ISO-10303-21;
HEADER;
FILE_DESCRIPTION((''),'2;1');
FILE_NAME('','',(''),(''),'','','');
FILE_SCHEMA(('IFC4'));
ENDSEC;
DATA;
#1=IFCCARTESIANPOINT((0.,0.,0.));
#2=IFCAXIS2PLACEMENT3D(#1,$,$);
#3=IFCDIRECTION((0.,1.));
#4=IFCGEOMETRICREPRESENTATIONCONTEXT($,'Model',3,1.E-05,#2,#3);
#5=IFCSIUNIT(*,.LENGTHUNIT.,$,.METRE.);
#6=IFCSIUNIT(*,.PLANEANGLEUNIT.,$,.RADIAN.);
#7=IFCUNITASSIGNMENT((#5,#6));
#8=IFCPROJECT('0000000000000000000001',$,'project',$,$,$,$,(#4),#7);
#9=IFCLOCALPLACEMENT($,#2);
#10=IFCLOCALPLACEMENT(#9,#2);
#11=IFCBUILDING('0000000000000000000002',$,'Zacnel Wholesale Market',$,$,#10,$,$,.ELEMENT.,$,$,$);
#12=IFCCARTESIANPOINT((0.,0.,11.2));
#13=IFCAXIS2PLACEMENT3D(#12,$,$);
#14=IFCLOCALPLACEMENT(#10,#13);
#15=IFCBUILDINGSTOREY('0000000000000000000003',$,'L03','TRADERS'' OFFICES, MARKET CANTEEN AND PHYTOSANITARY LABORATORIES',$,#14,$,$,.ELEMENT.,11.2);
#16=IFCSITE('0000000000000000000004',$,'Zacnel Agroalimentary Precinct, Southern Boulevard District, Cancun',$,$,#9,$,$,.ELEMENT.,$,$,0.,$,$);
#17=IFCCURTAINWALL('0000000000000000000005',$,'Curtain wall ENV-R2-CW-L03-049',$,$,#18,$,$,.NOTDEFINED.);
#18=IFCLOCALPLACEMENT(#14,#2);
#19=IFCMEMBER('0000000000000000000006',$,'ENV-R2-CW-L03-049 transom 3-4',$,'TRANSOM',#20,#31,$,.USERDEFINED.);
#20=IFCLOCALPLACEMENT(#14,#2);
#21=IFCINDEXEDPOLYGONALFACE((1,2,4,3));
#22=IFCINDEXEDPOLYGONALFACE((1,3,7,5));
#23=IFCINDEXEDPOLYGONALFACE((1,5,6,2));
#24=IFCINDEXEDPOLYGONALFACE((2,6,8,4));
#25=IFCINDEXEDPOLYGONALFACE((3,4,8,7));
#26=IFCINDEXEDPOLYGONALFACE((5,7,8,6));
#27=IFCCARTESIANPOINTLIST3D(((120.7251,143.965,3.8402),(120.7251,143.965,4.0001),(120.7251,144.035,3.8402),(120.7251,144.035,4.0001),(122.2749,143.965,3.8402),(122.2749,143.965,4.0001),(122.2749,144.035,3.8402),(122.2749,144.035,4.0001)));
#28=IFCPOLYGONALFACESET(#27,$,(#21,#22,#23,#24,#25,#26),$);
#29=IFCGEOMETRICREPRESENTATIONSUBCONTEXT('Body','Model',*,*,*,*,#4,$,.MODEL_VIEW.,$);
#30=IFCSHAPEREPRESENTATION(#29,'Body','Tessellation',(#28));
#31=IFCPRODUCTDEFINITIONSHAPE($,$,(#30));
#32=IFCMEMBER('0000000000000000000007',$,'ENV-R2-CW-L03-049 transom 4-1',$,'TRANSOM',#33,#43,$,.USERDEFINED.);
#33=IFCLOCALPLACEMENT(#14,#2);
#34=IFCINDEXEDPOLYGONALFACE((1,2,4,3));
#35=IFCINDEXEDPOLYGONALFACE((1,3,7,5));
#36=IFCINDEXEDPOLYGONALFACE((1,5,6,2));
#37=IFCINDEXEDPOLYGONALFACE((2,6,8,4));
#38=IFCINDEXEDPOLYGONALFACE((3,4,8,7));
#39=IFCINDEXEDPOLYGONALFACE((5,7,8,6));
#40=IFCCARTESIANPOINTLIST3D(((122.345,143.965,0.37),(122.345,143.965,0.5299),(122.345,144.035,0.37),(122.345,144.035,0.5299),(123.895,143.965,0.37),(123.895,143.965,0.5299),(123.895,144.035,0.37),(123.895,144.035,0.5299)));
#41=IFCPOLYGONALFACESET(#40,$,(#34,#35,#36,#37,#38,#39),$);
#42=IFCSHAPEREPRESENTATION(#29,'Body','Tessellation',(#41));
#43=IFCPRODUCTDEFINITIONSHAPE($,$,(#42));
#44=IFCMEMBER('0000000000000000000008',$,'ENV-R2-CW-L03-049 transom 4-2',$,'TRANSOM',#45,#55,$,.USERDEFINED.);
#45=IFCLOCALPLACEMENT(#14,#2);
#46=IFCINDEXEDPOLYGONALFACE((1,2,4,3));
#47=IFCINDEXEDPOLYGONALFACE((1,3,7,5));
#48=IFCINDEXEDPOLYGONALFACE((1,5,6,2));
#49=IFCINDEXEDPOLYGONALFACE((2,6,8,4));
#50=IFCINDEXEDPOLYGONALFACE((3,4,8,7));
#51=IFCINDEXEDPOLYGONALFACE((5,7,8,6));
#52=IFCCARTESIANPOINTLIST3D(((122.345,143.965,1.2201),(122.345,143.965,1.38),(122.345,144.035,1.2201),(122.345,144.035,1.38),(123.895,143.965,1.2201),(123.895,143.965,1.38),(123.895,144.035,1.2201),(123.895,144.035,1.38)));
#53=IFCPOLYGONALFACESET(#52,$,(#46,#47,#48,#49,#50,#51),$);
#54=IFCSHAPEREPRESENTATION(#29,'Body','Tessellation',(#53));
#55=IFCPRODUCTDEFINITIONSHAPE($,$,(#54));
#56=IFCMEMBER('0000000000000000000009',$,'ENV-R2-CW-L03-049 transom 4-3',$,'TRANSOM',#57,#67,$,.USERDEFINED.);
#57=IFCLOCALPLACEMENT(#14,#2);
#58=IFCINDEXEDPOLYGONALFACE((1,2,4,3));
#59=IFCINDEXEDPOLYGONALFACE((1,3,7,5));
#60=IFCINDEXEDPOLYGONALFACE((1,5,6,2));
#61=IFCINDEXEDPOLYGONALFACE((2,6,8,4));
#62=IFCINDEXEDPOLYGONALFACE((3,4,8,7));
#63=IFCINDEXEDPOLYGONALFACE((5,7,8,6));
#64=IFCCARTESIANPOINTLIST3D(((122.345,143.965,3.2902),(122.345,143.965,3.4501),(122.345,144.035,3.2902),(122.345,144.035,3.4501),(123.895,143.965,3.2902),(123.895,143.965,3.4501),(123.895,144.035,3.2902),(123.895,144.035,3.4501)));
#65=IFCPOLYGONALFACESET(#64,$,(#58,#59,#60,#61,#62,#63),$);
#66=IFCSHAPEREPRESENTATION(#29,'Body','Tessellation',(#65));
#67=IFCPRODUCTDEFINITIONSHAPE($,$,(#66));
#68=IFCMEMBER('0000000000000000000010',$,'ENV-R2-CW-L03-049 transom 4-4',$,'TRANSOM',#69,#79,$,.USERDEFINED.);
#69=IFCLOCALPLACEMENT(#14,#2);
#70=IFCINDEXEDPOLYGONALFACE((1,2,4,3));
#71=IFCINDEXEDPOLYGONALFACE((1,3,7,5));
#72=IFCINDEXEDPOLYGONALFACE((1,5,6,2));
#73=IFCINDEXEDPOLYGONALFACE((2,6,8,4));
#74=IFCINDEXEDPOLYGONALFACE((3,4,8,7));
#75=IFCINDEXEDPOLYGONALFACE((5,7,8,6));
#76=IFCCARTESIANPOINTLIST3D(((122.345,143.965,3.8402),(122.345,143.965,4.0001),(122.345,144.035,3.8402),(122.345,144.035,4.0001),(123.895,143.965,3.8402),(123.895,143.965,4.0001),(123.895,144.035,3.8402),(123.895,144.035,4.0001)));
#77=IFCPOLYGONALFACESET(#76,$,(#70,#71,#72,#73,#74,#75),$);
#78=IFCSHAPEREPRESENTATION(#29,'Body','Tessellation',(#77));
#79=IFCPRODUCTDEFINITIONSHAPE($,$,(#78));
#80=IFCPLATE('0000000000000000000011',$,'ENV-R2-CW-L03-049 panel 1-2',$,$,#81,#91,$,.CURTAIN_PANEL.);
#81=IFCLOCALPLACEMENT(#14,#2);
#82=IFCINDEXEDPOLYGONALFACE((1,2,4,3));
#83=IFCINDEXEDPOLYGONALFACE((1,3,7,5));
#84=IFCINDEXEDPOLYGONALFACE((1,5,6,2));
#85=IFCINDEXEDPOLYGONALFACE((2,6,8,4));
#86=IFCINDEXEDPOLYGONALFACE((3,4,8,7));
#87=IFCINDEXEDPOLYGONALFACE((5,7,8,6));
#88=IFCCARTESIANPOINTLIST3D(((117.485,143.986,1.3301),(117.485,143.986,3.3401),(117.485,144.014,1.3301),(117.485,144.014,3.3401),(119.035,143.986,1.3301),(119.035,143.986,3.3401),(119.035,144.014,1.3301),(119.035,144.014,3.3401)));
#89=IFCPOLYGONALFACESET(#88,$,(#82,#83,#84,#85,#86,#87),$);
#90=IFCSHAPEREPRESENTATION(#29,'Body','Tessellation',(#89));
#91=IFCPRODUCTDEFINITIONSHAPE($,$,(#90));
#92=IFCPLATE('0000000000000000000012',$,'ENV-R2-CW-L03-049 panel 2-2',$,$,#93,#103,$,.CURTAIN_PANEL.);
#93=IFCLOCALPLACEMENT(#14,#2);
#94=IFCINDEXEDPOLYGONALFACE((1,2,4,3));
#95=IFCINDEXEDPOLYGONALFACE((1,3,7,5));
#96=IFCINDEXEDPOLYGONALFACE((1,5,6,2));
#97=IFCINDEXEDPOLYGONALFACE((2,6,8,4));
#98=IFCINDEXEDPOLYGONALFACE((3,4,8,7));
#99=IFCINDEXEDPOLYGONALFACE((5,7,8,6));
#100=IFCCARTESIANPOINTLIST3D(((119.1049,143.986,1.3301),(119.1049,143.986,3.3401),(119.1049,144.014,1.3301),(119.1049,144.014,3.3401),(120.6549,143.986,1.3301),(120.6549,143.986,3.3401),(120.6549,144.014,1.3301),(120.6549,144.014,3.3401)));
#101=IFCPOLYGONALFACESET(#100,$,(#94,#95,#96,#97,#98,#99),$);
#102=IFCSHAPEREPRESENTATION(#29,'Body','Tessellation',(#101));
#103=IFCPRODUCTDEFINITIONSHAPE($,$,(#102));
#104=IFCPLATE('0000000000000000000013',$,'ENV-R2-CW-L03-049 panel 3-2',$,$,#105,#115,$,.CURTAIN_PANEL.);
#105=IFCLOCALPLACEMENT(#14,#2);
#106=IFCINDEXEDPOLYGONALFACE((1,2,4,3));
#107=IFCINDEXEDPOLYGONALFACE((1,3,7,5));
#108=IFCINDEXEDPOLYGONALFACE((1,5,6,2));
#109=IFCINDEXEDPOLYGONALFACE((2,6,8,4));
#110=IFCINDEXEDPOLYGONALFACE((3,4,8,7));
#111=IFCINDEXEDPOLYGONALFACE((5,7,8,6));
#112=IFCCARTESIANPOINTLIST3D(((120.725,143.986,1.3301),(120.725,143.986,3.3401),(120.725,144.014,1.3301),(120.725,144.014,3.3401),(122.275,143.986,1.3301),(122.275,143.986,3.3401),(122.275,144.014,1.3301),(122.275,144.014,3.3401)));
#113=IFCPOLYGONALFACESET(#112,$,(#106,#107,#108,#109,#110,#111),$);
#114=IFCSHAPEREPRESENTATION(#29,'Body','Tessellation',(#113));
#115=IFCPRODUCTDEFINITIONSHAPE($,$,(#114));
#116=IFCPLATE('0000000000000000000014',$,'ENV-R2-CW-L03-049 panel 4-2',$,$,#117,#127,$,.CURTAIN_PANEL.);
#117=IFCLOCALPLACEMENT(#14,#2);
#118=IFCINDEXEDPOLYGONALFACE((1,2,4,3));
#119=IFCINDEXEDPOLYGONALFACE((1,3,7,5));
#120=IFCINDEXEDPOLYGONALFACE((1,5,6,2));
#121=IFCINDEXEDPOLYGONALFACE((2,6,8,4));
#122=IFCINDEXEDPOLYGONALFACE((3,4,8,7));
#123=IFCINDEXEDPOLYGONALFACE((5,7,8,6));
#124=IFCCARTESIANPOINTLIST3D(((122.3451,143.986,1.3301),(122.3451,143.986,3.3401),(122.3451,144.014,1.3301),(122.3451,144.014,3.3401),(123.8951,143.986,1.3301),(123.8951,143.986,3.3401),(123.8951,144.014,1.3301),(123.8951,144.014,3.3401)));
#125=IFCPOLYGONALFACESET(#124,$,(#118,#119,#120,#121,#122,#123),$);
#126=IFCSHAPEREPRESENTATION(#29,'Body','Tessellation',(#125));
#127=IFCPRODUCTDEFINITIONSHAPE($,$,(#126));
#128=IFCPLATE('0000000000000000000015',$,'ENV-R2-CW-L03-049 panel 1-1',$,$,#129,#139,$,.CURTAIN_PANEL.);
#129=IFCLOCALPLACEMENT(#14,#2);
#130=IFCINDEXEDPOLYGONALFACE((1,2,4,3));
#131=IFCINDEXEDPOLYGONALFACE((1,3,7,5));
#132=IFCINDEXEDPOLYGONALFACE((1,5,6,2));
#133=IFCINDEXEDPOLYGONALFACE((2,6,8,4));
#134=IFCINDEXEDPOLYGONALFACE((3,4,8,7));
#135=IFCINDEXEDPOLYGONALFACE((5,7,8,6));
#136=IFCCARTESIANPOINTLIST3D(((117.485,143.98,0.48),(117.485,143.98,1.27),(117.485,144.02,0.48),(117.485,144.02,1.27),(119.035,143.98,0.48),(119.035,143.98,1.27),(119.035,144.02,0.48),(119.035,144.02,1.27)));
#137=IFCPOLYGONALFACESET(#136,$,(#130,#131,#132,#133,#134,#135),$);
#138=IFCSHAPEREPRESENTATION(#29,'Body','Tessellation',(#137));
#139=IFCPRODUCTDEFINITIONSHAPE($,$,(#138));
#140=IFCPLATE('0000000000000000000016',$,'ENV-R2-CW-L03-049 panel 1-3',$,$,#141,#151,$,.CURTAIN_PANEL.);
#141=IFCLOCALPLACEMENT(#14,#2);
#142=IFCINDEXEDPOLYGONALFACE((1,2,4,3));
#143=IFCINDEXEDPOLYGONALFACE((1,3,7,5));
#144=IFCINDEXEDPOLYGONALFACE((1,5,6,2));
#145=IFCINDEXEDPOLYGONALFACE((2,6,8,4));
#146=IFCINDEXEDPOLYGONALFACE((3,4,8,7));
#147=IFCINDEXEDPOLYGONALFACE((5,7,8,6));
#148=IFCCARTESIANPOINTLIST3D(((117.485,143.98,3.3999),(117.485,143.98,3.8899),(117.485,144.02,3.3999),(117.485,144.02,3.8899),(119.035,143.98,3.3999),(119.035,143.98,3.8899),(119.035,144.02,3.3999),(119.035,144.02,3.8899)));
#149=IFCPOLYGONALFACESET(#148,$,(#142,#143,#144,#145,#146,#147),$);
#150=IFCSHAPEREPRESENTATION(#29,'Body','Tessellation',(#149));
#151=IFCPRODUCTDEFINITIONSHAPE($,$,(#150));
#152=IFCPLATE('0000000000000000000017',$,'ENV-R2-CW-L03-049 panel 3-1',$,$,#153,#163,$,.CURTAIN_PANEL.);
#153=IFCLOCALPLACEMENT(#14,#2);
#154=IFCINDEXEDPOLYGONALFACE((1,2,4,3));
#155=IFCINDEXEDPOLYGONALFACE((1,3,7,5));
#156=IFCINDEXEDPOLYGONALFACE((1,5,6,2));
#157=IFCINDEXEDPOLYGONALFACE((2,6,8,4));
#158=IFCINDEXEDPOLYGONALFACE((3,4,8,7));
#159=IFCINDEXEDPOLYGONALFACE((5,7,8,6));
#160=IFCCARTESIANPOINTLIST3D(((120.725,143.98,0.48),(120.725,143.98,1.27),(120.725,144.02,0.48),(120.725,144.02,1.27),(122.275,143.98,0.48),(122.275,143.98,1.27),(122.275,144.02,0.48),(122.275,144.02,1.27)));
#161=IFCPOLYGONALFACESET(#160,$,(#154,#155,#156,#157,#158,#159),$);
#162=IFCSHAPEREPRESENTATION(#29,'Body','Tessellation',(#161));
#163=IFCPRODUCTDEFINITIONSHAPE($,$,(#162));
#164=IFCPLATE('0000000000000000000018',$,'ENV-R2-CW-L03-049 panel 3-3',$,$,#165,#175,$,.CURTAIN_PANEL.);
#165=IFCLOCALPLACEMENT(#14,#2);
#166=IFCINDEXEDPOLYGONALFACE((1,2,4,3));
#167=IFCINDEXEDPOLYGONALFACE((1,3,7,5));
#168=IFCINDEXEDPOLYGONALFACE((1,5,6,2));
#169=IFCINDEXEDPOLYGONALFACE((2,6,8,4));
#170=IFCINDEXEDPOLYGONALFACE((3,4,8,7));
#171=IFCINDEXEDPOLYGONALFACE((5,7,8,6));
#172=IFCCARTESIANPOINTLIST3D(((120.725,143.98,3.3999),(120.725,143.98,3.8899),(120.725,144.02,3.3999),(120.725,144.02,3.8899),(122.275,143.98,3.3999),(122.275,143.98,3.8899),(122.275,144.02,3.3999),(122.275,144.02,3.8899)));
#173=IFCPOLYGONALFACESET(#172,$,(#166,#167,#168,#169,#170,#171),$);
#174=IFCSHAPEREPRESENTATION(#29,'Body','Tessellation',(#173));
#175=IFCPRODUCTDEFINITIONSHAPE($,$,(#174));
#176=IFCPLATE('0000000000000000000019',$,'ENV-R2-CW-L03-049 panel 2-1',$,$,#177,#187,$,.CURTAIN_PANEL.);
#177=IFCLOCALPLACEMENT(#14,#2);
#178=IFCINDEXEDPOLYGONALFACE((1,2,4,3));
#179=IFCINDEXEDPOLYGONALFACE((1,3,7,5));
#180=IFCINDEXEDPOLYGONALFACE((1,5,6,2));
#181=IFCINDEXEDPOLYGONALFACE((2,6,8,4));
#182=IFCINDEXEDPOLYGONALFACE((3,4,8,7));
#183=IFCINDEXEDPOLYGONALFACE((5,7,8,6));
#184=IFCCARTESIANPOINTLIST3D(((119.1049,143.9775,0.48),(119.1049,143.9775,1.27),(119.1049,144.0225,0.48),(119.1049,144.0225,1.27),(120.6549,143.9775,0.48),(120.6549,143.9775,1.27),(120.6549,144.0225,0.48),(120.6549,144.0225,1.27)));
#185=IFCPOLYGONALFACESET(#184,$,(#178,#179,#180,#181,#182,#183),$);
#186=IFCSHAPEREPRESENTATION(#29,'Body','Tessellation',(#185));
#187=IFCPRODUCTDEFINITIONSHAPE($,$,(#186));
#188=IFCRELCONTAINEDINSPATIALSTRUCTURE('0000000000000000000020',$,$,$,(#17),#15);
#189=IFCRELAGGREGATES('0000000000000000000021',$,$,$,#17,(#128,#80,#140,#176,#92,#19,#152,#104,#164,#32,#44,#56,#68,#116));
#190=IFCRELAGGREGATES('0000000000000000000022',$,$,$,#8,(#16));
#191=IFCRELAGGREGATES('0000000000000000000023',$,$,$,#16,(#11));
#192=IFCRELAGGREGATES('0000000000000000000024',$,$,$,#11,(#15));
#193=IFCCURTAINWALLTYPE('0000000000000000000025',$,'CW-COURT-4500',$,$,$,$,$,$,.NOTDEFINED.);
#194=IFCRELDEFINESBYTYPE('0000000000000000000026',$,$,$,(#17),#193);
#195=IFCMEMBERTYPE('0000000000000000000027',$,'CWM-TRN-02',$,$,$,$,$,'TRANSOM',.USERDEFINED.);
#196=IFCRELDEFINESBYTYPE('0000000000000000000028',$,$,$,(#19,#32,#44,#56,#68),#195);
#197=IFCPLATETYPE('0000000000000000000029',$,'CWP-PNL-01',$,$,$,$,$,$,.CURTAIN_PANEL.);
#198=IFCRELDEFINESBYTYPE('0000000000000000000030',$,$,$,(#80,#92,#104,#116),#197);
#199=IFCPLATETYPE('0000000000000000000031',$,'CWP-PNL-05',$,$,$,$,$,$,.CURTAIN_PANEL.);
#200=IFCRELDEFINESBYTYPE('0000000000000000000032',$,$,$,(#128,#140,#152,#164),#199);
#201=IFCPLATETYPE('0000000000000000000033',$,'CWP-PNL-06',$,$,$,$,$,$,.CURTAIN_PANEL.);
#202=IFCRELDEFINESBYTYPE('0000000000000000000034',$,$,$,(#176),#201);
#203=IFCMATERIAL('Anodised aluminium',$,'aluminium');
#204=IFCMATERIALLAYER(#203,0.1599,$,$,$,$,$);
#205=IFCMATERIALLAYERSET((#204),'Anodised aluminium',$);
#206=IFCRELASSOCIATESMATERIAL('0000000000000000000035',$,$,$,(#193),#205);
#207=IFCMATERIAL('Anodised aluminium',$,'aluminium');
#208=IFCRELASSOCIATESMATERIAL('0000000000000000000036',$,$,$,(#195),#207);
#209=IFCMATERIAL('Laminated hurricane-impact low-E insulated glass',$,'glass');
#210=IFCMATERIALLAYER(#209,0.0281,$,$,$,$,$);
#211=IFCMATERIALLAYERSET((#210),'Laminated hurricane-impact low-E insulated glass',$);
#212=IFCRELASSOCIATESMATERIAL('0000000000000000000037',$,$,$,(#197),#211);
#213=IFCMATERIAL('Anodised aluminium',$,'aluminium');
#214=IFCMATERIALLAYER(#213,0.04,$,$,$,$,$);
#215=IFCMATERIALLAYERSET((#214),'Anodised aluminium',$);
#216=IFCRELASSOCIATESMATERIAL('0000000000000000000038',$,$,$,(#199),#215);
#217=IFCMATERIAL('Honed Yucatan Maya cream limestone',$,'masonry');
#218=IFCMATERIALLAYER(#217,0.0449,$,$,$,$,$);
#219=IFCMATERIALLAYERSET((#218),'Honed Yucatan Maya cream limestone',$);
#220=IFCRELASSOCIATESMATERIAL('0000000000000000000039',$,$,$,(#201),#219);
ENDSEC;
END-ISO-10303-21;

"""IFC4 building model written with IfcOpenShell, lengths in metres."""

from ifc_helpers import new_model, si_unit, direction, frame, origin, origin_2d, place, context, subcontext, project, spatial, rectangle, extrude, material, layer, layer_set, material_profile, profile_set, type_object, element, aggregate, save


model = new_model("IFC4")

# Units and contexts
model_context = context("Model", 3, precision=1e-05, world=origin(), true_north=direction((0.0, 1.0)))
body_context = subcontext(model_context, "Body", "Model", "MODEL_VIEW")
ifc_project = project(units=[si_unit("LENGTHUNIT", "METRE"), si_unit("PLANEANGLEUNIT", "RADIAN")], contexts=[model_context])

# Site, building, storey
site_placement = place(None, origin())
site = spatial("IfcSite", under=ifc_project, at=site_placement, Name="Zacnel Agroalimentary Precinct, Southern Boulevard District, Cancun", CompositionType="ELEMENT", RefElevation=0.0)
building_placement = place(site_placement, origin())
building = spatial("IfcBuilding", under=site, at=building_placement, Name="Zacnel Wholesale Market", CompositionType="ELEMENT")
storey_placement = place(building_placement, frame((0.0, 0.0, 11.2)))
storey = spatial("IfcBuildingStorey", under=building, at=storey_placement, Name="L03", Description="TRADERS' OFFICES, MARKET CANTEEN AND PHYTOSANITARY LABORATORIES", CompositionType="ELEMENT", Elevation=11.2)

# Curtain wall, members, plates
ifc_material_1 = material(Name="Anodised aluminium", Category="aluminium")
ifc_layer_1 = layer(ifc_material_1, 0.1599)
ifc_layer_set_1 = layer_set([ifc_layer_1], Name="Anodised aluminium")
curtain_wall_type = type_object("IfcCurtainWallType", Name="CW-COURT-4500", PredefinedType="NOTDEFINED", material=ifc_layer_set_1)
curtain_wall_placement = place(storey_placement, origin())
curtain_wall = element("IfcCurtainWall", 1, at=curtain_wall_placement, inside=storey, type_object=curtain_wall_type, Name="Curtain wall ENV-R2-CW-L03-049", PredefinedType="NOTDEFINED")
ifc_material_2 = material(Name="Anodised aluminium", Category="aluminium")
ifc_material_profile_1 = material_profile(ifc_material_2, rectangle(XDim=0.0701, YDim=0.1599, at=origin_2d()), Name="AW-TRANSOM 70x160")
ifc_profile_set_1 = profile_set([ifc_material_profile_1], Name="Anodised aluminium")
member_type_1 = type_object("IfcMemberType", Name="CWM-TRN-02", ElementType="TRANSOM", PredefinedType="USERDEFINED", material=ifc_profile_set_1)
member_1_placement = place(storey_placement, frame((120.7251, 144.0, 3.9202), z_axis=(1.0, 0.0, 0.0), x_axis=(0.0, 1.0, 0.0)))
member_1 = element("IfcMember", 2, at=member_1_placement, type_object=member_type_1, Name="ENV-R2-CW-L03-049 transom 3-4", ObjectType="TRANSOM", PredefinedType="USERDEFINED", context=body_context, shape_type="SweptSolid", body=[
    extrude(rectangle(XDim=0.0701, YDim=0.1599, at=origin_2d()), origin(), (0.0, 0.0, 1.0), 1.5498),
])
member_2_placement = place(storey_placement, frame((122.345, 144.0, 0.45), z_axis=(1.0, 0.0, 0.0), x_axis=(0.0, 1.0, 0.0)))
member_2 = element("IfcMember", 3, at=member_2_placement, type_object=member_type_1, Name="ENV-R2-CW-L03-049 transom 4-1", ObjectType="TRANSOM", PredefinedType="USERDEFINED", context=body_context, shape_type="SweptSolid", body=[
    extrude(rectangle(XDim=0.0701, YDim=0.1599, at=origin_2d()), origin(), (0.0, 0.0, 1.0), 1.55),
])
member_3_placement = place(storey_placement, frame((122.345, 144.0, 1.3), z_axis=(1.0, 0.0, 0.0), x_axis=(0.0, 1.0, 0.0)))
member_3 = element("IfcMember", 4, at=member_3_placement, type_object=member_type_1, Name="ENV-R2-CW-L03-049 transom 4-2", ObjectType="TRANSOM", PredefinedType="USERDEFINED", context=body_context, shape_type="SweptSolid", body=[
    extrude(rectangle(XDim=0.0701, YDim=0.1599, at=origin_2d()), origin(), (0.0, 0.0, 1.0), 1.55),
])
member_4_placement = place(storey_placement, frame((122.345, 144.0, 3.3701), z_axis=(1.0, 0.0, 0.0), x_axis=(0.0, 1.0, 0.0)))
member_4 = element("IfcMember", 5, at=member_4_placement, type_object=member_type_1, Name="ENV-R2-CW-L03-049 transom 4-3", ObjectType="TRANSOM", PredefinedType="USERDEFINED", context=body_context, shape_type="SweptSolid", body=[
    extrude(rectangle(XDim=0.0701, YDim=0.1599, at=origin_2d()), origin(), (0.0, 0.0, 1.0), 1.55),
])
member_5_placement = place(storey_placement, frame((122.345, 144.0, 3.9202), z_axis=(1.0, 0.0, 0.0), x_axis=(0.0, 1.0, 0.0)))
member_5 = element("IfcMember", 6, at=member_5_placement, type_object=member_type_1, Name="ENV-R2-CW-L03-049 transom 4-4", ObjectType="TRANSOM", PredefinedType="USERDEFINED", context=body_context, shape_type="SweptSolid", body=[
    extrude(rectangle(XDim=0.0701, YDim=0.1599, at=origin_2d()), origin(), (0.0, 0.0, 1.0), 1.55),
])
ifc_material_3 = material(Name="Laminated hurricane-impact low-E insulated glass", Category="glass")
ifc_layer_2 = layer(ifc_material_3, 0.0281)
ifc_layer_set_2 = layer_set([ifc_layer_2], Name="Laminated hurricane-impact low-E insulated glass")
plate_type_1 = type_object("IfcPlateType", Name="CWP-PNL-01", PredefinedType="CURTAIN_PANEL", material=ifc_layer_set_2)
plate_1_placement = place(storey_placement, frame((118.26, 144.0, 1.3301), z_axis=(0.0, 0.0, 1.0), x_axis=(1.0, 0.0, 0.0)))
plate_1 = element("IfcPlate", 7, at=plate_1_placement, type_object=plate_type_1, Name="ENV-R2-CW-L03-049 panel 1-2", PredefinedType="CURTAIN_PANEL", context=body_context, shape_type="SweptSolid", body=[
    extrude(rectangle(XDim=1.55, YDim=0.0281, at=origin_2d()), origin(), (0.0, 0.0, 1.0), 2.01),
])
plate_2_placement = place(storey_placement, frame((119.8799, 144.0, 1.3301), z_axis=(0.0, 0.0, 1.0), x_axis=(1.0, 0.0, 0.0)))
plate_2 = element("IfcPlate", 8, at=plate_2_placement, type_object=plate_type_1, Name="ENV-R2-CW-L03-049 panel 2-2", PredefinedType="CURTAIN_PANEL", context=body_context, shape_type="SweptSolid", body=[
    extrude(rectangle(XDim=1.55, YDim=0.0281, at=origin_2d()), origin(), (0.0, 0.0, 1.0), 2.01),
])
plate_3_placement = place(storey_placement, frame((121.5, 144.0, 1.3301), z_axis=(0.0, 0.0, 1.0), x_axis=(1.0, 0.0, 0.0)))
plate_3 = element("IfcPlate", 9, at=plate_3_placement, type_object=plate_type_1, Name="ENV-R2-CW-L03-049 panel 3-2", PredefinedType="CURTAIN_PANEL", context=body_context, shape_type="SweptSolid", body=[
    extrude(rectangle(XDim=1.55, YDim=0.0281, at=origin_2d()), origin(), (0.0, 0.0, 1.0), 2.01),
])
plate_4_placement = place(storey_placement, frame((123.1201, 144.0, 1.3301), z_axis=(0.0, 0.0, 1.0), x_axis=(1.0, 0.0, 0.0)))
plate_4 = element("IfcPlate", 10, at=plate_4_placement, type_object=plate_type_1, Name="ENV-R2-CW-L03-049 panel 4-2", PredefinedType="CURTAIN_PANEL", context=body_context, shape_type="SweptSolid", body=[
    extrude(rectangle(XDim=1.55, YDim=0.0281, at=origin_2d()), origin(), (0.0, 0.0, 1.0), 2.01),
])
ifc_material_4 = material(Name="Anodised aluminium", Category="aluminium")
ifc_layer_3 = layer(ifc_material_4, 0.04)
ifc_layer_set_3 = layer_set([ifc_layer_3], Name="Anodised aluminium")
plate_type_2 = type_object("IfcPlateType", Name="CWP-PNL-05", PredefinedType="CURTAIN_PANEL", material=ifc_layer_set_3)
plate_5_placement = place(storey_placement, frame((118.26, 144.0, 0.48), z_axis=(0.0, 0.0, 1.0), x_axis=(1.0, 0.0, 0.0)))
plate_5 = element("IfcPlate", 11, at=plate_5_placement, type_object=plate_type_2, Name="ENV-R2-CW-L03-049 panel 1-1", PredefinedType="CURTAIN_PANEL", context=body_context, shape_type="SweptSolid", body=[
    extrude(rectangle(XDim=1.55, YDim=0.04, at=origin_2d()), origin(), (0.0, 0.0, 1.0), 0.79),
])
plate_6_placement = place(storey_placement, frame((118.26, 144.0, 3.3999), z_axis=(0.0, 0.0, 1.0), x_axis=(1.0, 0.0, 0.0)))
plate_6 = element("IfcPlate", 12, at=plate_6_placement, type_object=plate_type_2, Name="ENV-R2-CW-L03-049 panel 1-3", PredefinedType="CURTAIN_PANEL", context=body_context, shape_type="SweptSolid", body=[
    extrude(rectangle(XDim=1.55, YDim=0.04, at=origin_2d()), origin(), (0.0, 0.0, 1.0), 0.49),
])
plate_7_placement = place(storey_placement, frame((121.5, 144.0, 0.48), z_axis=(0.0, 0.0, 1.0), x_axis=(1.0, 0.0, 0.0)))
plate_7 = element("IfcPlate", 13, at=plate_7_placement, type_object=plate_type_2, Name="ENV-R2-CW-L03-049 panel 3-1", PredefinedType="CURTAIN_PANEL", context=body_context, shape_type="SweptSolid", body=[
    extrude(rectangle(XDim=1.55, YDim=0.04, at=origin_2d()), origin(), (0.0, 0.0, 1.0), 0.79),
])
plate_8_placement = place(storey_placement, frame((121.5, 144.0, 3.3999), z_axis=(0.0, 0.0, 1.0), x_axis=(1.0, 0.0, 0.0)))
plate_8 = element("IfcPlate", 14, at=plate_8_placement, type_object=plate_type_2, Name="ENV-R2-CW-L03-049 panel 3-3", PredefinedType="CURTAIN_PANEL", context=body_context, shape_type="SweptSolid", body=[
    extrude(rectangle(XDim=1.55, YDim=0.04, at=origin_2d()), origin(), (0.0, 0.0, 1.0), 0.49),
])
ifc_material_5 = material(Name="Honed Yucatan Maya cream limestone", Category="masonry")
ifc_layer_4 = layer(ifc_material_5, 0.0449)
ifc_layer_set_4 = layer_set([ifc_layer_4], Name="Honed Yucatan Maya cream limestone")
plate_type_3 = type_object("IfcPlateType", Name="CWP-PNL-06", PredefinedType="CURTAIN_PANEL", material=ifc_layer_set_4)
plate_9_placement = place(storey_placement, frame((119.8799, 144.0, 0.48), z_axis=(0.0, 0.0, 1.0), x_axis=(1.0, 0.0, 0.0)))
plate_9 = element("IfcPlate", 15, at=plate_9_placement, type_object=plate_type_3, Name="ENV-R2-CW-L03-049 panel 2-1", PredefinedType="CURTAIN_PANEL", context=body_context, shape_type="SweptSolid", body=[
    extrude(rectangle(XDim=1.55, YDim=0.0449, at=origin_2d()), origin(), (0.0, 0.0, 1.0), 0.79),
])
aggregate(curtain_wall, [plate_5, plate_1, plate_6, plate_9, plate_2, member_1, plate_7, plate_3, plate_8, member_2, member_3, member_4, member_5, plate_4])

save(model, "model.ifc")
